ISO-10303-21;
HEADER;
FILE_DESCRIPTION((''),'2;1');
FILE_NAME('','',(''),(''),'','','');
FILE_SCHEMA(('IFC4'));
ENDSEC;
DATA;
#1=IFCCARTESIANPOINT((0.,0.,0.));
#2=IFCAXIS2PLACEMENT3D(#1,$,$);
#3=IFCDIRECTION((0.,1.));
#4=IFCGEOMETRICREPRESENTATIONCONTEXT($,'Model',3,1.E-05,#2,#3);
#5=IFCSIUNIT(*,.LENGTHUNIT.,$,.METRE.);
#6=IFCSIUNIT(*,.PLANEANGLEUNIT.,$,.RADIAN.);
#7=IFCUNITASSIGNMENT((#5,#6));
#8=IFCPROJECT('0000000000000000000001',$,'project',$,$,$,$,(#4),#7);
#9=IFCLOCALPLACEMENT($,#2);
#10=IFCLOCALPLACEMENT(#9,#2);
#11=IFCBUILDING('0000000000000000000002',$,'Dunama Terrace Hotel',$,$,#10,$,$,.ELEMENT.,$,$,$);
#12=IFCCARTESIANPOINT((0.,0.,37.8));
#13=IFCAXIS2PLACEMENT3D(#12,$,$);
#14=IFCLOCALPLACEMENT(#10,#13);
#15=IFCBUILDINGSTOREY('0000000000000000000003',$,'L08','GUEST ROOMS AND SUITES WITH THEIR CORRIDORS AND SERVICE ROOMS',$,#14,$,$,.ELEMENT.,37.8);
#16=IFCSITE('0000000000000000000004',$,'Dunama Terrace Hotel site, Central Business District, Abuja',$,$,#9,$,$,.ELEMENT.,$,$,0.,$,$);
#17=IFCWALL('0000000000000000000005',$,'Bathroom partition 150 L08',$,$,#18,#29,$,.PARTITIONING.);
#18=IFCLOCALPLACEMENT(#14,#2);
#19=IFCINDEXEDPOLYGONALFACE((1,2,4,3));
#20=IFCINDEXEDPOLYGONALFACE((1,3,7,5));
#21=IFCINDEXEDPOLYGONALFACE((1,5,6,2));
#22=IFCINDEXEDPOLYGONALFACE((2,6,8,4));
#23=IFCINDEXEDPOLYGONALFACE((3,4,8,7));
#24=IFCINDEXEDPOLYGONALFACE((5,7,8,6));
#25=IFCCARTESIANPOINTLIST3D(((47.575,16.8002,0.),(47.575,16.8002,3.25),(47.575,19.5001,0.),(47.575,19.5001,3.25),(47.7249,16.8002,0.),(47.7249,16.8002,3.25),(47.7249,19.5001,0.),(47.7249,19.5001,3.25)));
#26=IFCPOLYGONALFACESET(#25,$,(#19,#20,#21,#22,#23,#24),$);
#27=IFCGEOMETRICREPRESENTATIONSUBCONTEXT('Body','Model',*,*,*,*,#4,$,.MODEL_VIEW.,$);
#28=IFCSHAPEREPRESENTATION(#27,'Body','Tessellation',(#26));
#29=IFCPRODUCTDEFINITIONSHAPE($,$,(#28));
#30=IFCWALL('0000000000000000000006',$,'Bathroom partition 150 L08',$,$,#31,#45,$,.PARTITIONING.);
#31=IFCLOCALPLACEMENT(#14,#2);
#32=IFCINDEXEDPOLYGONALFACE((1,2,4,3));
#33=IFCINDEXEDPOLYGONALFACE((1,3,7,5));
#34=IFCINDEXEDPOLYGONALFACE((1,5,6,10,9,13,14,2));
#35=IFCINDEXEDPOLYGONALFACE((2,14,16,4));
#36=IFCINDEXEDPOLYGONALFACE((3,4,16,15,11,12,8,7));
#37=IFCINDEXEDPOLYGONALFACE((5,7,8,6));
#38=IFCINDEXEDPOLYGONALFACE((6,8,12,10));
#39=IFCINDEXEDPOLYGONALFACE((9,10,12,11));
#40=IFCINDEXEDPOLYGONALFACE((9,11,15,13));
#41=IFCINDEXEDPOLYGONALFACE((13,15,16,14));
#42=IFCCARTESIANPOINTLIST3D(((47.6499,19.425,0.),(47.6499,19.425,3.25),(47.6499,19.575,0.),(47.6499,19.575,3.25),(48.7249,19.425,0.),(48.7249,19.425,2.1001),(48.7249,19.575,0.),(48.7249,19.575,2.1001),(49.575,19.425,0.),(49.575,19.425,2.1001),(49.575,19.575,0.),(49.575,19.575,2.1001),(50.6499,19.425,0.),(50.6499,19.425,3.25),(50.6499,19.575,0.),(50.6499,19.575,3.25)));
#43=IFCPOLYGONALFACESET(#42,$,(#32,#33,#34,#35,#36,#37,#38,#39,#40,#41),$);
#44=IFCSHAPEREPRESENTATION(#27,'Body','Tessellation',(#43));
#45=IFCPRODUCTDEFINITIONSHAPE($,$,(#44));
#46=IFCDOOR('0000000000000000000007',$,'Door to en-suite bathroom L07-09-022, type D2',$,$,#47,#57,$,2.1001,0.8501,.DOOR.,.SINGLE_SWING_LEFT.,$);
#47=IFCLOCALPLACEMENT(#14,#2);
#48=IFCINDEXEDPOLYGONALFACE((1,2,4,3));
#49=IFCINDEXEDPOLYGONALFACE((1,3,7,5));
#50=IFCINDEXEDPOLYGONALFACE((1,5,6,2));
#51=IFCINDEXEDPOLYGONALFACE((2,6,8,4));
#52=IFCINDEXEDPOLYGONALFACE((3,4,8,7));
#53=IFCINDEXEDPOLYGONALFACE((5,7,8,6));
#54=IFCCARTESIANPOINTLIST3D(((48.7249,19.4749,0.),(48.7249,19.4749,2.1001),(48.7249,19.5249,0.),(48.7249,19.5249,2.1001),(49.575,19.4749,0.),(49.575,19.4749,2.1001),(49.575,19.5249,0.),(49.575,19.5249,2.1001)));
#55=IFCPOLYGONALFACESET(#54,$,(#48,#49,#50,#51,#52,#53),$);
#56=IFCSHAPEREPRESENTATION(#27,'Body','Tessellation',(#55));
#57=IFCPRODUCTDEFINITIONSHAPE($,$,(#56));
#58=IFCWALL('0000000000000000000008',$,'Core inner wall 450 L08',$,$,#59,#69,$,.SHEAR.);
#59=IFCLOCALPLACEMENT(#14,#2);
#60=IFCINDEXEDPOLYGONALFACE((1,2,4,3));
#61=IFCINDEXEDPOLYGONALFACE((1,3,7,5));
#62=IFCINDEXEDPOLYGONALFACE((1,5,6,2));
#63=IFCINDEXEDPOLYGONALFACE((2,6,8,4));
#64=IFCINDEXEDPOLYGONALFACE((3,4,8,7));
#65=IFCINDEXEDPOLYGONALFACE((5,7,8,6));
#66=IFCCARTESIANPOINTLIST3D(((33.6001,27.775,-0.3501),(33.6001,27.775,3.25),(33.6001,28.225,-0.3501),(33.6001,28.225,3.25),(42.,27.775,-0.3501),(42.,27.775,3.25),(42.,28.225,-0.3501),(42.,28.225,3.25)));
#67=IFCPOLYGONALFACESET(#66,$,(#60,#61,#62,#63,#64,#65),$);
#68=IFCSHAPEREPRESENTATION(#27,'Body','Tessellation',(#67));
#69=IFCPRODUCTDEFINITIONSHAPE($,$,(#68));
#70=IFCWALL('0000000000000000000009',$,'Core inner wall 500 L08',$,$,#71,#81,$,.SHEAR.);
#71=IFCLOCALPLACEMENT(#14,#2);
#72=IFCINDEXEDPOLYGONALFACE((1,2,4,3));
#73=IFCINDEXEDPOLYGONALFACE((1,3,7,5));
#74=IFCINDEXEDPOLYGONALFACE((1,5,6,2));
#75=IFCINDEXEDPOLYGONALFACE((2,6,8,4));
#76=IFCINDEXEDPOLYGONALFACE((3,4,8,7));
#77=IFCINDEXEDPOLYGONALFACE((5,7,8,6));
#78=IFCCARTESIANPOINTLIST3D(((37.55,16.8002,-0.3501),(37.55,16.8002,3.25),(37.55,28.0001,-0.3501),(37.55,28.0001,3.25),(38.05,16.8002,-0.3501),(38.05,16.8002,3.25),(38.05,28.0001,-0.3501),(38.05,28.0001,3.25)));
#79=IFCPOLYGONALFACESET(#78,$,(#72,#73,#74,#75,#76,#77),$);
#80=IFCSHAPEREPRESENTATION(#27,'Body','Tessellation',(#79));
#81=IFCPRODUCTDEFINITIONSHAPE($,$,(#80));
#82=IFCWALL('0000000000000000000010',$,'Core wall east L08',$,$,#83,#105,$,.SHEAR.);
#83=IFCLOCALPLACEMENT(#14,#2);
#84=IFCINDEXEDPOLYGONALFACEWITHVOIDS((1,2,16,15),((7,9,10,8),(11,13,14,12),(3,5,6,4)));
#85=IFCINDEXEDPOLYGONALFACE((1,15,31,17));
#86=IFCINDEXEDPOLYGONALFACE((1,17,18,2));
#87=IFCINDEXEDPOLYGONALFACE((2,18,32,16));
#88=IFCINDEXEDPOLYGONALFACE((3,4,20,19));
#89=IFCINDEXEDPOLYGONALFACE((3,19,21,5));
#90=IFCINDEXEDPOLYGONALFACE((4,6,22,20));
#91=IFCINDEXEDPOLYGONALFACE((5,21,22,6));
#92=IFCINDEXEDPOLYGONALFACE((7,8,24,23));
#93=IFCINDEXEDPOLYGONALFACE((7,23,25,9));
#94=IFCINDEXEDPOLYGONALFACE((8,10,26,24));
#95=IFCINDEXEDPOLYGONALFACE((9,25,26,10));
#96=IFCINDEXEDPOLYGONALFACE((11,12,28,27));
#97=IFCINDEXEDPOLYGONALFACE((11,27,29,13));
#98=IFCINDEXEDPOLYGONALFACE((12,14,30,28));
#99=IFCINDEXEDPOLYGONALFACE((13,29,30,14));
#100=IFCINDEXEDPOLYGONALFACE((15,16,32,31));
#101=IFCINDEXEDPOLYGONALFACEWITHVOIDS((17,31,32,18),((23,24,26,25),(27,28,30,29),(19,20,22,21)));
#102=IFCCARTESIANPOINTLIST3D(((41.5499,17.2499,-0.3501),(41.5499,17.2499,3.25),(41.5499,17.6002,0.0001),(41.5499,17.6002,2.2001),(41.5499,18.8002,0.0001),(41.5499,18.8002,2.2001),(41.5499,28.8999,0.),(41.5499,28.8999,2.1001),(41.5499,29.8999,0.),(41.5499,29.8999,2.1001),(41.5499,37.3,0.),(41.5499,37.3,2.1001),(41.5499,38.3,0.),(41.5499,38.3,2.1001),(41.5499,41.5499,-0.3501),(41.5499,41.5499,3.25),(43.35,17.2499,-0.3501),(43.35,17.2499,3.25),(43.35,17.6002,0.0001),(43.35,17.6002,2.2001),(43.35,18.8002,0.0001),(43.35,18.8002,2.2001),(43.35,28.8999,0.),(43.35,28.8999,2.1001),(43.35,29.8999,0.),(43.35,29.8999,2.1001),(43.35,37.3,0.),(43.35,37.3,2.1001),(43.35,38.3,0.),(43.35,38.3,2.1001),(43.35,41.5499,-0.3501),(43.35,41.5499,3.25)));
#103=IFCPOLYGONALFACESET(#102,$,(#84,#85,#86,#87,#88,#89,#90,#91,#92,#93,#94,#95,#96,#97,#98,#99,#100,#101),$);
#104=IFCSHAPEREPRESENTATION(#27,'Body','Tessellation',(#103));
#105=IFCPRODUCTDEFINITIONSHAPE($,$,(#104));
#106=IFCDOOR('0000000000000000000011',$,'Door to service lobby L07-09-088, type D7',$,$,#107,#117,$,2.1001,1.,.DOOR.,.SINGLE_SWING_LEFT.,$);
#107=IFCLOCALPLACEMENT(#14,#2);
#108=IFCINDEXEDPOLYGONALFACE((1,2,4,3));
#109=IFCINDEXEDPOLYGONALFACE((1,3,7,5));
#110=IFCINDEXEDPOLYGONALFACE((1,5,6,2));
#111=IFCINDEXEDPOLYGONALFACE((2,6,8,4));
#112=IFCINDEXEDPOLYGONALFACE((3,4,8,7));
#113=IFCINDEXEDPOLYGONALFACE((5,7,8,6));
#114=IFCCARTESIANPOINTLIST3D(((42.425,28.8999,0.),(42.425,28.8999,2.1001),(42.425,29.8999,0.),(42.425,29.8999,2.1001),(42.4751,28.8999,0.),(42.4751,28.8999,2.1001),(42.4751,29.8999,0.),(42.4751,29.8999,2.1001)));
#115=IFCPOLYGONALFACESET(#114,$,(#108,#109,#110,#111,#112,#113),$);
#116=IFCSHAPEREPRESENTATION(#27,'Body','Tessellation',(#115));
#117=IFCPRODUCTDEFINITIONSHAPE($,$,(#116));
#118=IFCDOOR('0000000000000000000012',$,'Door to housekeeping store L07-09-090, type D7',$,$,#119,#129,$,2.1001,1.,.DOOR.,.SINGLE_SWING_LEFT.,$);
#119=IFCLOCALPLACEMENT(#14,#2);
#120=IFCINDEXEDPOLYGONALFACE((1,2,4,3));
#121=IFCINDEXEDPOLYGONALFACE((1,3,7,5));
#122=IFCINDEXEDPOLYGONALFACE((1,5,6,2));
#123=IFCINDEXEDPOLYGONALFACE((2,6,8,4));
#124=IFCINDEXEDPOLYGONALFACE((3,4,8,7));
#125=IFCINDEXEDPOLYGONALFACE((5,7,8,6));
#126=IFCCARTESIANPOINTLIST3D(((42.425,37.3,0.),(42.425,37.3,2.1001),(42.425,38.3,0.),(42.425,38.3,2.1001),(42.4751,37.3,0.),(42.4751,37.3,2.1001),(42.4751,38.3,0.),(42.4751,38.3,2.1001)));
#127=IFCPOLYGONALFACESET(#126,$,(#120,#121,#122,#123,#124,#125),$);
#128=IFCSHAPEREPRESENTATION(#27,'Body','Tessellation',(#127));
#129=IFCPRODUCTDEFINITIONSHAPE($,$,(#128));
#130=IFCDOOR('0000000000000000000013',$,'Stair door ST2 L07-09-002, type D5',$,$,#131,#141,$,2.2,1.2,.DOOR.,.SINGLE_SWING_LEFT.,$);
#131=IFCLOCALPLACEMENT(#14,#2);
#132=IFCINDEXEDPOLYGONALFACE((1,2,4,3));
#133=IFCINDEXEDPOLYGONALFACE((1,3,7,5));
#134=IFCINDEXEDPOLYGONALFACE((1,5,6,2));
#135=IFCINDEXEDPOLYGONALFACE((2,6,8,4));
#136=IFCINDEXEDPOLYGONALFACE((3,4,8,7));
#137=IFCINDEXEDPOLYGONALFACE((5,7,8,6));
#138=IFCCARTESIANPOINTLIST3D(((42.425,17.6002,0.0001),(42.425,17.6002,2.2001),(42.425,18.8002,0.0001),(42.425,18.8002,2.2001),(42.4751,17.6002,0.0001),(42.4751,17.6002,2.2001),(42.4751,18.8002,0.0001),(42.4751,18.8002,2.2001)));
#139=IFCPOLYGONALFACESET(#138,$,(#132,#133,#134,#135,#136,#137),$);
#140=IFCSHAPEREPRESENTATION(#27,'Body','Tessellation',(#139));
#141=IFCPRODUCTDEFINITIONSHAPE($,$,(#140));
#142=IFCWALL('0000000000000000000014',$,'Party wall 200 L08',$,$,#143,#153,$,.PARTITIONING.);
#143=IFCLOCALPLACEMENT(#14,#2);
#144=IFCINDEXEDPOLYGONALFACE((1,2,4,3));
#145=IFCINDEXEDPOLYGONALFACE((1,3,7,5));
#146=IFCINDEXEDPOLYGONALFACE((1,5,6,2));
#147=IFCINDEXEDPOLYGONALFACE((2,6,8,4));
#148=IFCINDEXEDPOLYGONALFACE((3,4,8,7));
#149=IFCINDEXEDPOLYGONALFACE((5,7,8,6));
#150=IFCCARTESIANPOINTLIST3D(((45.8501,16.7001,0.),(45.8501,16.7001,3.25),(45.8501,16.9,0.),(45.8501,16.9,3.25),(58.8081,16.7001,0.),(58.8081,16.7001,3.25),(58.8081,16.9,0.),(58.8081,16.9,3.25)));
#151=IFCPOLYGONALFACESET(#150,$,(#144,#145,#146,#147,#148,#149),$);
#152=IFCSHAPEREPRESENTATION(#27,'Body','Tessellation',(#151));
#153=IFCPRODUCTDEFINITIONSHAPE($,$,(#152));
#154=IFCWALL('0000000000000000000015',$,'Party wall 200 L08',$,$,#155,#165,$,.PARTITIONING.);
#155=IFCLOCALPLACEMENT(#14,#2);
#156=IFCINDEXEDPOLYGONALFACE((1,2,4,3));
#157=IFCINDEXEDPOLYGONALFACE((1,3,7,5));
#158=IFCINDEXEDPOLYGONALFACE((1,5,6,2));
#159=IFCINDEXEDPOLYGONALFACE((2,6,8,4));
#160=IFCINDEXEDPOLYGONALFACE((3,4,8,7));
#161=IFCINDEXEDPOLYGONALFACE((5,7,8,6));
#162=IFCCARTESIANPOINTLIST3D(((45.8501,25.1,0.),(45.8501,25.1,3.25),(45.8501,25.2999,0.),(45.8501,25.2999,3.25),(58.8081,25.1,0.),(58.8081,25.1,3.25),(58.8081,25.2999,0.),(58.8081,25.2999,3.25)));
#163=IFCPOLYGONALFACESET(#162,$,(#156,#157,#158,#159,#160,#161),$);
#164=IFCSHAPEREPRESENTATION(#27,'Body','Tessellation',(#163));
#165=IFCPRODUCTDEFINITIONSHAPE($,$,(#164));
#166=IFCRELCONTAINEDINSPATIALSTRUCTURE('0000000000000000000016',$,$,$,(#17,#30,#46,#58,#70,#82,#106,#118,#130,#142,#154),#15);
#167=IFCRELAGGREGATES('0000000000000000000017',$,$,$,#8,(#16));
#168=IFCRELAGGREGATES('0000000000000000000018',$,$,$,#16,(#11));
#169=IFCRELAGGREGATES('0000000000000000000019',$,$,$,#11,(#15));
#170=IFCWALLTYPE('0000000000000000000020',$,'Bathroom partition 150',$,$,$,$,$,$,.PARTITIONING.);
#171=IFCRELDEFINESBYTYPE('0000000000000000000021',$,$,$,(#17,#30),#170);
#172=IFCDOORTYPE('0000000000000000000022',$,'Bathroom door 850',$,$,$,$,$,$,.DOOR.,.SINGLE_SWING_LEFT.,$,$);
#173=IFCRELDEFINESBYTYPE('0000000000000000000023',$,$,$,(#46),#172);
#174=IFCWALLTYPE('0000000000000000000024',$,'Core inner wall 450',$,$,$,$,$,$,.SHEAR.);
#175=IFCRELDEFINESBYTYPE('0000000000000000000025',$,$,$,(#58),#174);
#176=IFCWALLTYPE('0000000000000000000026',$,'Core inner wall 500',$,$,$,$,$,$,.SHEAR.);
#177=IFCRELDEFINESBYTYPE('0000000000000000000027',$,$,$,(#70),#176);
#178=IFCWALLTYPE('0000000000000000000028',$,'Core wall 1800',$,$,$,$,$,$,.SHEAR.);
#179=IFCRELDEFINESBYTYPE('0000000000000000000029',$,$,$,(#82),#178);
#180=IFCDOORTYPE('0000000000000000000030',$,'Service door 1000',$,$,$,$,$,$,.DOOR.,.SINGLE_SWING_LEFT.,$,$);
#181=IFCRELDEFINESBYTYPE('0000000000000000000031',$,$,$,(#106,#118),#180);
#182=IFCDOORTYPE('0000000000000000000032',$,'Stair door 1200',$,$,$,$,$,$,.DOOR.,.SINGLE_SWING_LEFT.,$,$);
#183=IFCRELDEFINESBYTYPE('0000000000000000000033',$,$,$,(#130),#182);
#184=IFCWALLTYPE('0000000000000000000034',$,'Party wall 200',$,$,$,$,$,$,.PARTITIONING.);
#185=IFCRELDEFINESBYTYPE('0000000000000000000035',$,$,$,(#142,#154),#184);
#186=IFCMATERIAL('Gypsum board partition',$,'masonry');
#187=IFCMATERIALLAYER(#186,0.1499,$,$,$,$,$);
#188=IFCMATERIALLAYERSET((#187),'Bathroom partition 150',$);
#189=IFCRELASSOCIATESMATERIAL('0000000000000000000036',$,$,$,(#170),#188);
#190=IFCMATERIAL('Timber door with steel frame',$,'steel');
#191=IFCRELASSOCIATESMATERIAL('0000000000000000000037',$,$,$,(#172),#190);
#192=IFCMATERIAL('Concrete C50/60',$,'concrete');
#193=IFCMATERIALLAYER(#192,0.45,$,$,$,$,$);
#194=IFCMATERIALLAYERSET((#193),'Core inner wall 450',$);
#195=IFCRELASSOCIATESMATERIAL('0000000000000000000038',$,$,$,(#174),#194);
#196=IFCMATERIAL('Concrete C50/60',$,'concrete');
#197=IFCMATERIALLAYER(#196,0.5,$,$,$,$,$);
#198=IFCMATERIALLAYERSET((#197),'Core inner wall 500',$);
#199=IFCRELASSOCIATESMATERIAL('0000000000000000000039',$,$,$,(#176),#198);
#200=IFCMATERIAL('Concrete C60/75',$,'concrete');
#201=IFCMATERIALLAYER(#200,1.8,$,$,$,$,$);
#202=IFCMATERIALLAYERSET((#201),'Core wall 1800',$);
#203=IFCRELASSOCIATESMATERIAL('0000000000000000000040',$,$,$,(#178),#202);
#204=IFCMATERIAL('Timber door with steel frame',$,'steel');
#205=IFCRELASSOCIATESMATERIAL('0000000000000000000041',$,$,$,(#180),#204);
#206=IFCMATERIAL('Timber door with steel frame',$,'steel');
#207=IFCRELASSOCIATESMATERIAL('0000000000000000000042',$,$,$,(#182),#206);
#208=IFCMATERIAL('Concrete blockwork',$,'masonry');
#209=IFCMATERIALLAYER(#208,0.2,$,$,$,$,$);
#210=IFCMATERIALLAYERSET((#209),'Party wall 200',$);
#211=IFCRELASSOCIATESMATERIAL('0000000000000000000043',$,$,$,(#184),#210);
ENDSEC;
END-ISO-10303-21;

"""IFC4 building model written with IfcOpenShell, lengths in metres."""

from ifc_helpers import new_model, si_unit, direction, frame, frame_2d, origin, place, context, subcontext, project, spatial, rectangle, extrude, material, layer, layer_set, type_object, element, fill, save


model = new_model("IFC4")

# Units and contexts
model_context = context("Model", 3, precision=1e-05, world=origin(), true_north=direction((0.0, 1.0)))
body_context = subcontext(model_context, "Body", "Model", "MODEL_VIEW")
ifc_project = project(units=[si_unit("LENGTHUNIT", "METRE"), si_unit("PLANEANGLEUNIT", "RADIAN")], contexts=[model_context])

# Site, building, storey
site_placement = place(None, origin())
site = spatial("IfcSite", under=ifc_project, at=site_placement, Name="Dunama Terrace Hotel site, Central Business District, Abuja", CompositionType="ELEMENT", RefElevation=0.0)
building_placement = place(site_placement, origin())
building = spatial("IfcBuilding", under=site, at=building_placement, Name="Dunama Terrace Hotel", CompositionType="ELEMENT")
storey_placement = place(building_placement, frame((0.0, 0.0, 37.8)))
storey = spatial("IfcBuildingStorey", under=building, at=storey_placement, Name="L08", Description="GUEST ROOMS AND SUITES WITH THEIR CORRIDORS AND SERVICE ROOMS", CompositionType="ELEMENT", Elevation=37.8)

# Wall
ifc_material_1 = material(Name="Gypsum board partition", Category="masonry")
ifc_layer_1 = layer(ifc_material_1, 0.1499)
ifc_layer_set_1 = layer_set([ifc_layer_1], Name="Bathroom partition 150")
wall_type_1 = type_object("IfcWallType", Name="Bathroom partition 150", PredefinedType="PARTITIONING", material=ifc_layer_set_1)
wall_1_placement = place(storey_placement, frame((47.6499, 16.8, 0.0), z_axis=(0.0, 0.0, 1.0), x_axis=(0.0, 1.0, 0.0)))
element("IfcWall", 1, at=wall_1_placement, inside=storey, type_object=wall_type_1, Name="Bathroom partition 150 L08", PredefinedType="PARTITIONING", context=body_context, shape_type="SweptSolid", body=[
    extrude(rectangle(XDim=2.7, YDim=0.1499, at=frame_2d((1.3501, 0.0))), origin(), (0.0, 0.0, 1.0), 3.25),
])

# Wall, opening, door
wall_2_placement = place(storey_placement, frame((47.6499, 19.5, 0.0), z_axis=(0.0, 0.0, 1.0), x_axis=(1.0, 0.0, 0.0)))
wall_2 = element("IfcWall", 2, at=wall_2_placement, inside=storey, type_object=wall_type_1, Name="Bathroom partition 150 L08", PredefinedType="PARTITIONING", context=body_context, shape_type="SweptSolid", body=[
    extrude(rectangle(XDim=3.0, YDim=0.1499, at=frame_2d((1.5, 0.0))), origin(), (0.0, 0.0, 1.0), 3.25),
])
opening_1_placement = place(wall_2_placement, frame((1.075, 0.0, 0.0)))
opening_1 = element("IfcOpeningElement", 3, at=opening_1_placement, cuts=wall_2, PredefinedType="OPENING", context=body_context, shape_type="SweptSolid", body=[
    extrude(rectangle(XDim=0.8501, YDim=2.1001, at=frame_2d((0.425, 1.05))), frame((0.0, 0.085, 0.0), z_axis=(0.0, -1.0, 0.0), x_axis=(1.0, 0.0, 0.0)), (0.0, 0.0, 1.0), 0.1699),
])
ifc_material_2 = material(Name="Timber door with steel frame", Category="steel")
door_type_1 = type_object("IfcDoorType", Name="Bathroom door 850", OperationType="SINGLE_SWING_LEFT", PredefinedType="DOOR", material=ifc_material_2)
door_1_placement = place(opening_1_placement, frame((0.8501, 0.0, 0.0), z_axis=(0.0, 0.0, 1.0), x_axis=(-1.0, 0.0, 0.0)))
door_1 = element("IfcDoor", 4, at=door_1_placement, inside=storey, type_object=door_type_1, Name="Door to en-suite bathroom L07-09-022, type D2", OperationType="SINGLE_SWING_LEFT", OverallHeight=2.1001, OverallWidth=0.8501, PredefinedType="DOOR", context=body_context, shape_type="SweptSolid", body=[
    extrude(rectangle(XDim=0.8501, YDim=2.1001, at=frame_2d((0.425, 1.05))), frame((0.0, 0.0251, 0.0), z_axis=(0.0, -1.0, 0.0), x_axis=(1.0, 0.0, 0.0)), (0.0, 0.0, 1.0), 0.05),
])
fill(opening_1, door_1)

# Walls
ifc_material_3 = material(Name="Concrete C50/60", Category="concrete")
ifc_layer_2 = layer(ifc_material_3, 0.45)
ifc_layer_set_2 = layer_set([ifc_layer_2], Name="Core inner wall 450")
wall_type_2 = type_object("IfcWallType", Name="Core inner wall 450", PredefinedType="SHEAR", material=ifc_layer_set_2)
wall_3_placement = place(storey_placement, frame((33.6001, 28.0, -0.3501), z_axis=(0.0, 0.0, 1.0), x_axis=(1.0, 0.0, 0.0)))
element("IfcWall", 5, at=wall_3_placement, inside=storey, type_object=wall_type_2, Name="Core inner wall 450 L08", PredefinedType="SHEAR", context=body_context, shape_type="SweptSolid", body=[
    extrude(rectangle(XDim=8.3999, YDim=0.45, at=frame_2d((4.2, 0.0))), origin(), (0.0, 0.0, 1.0), 3.6001),
])
ifc_material_4 = material(Name="Concrete C50/60", Category="concrete")
ifc_layer_3 = layer(ifc_material_4, 0.5)
ifc_layer_set_3 = layer_set([ifc_layer_3], Name="Core inner wall 500")
wall_type_3 = type_object("IfcWallType", Name="Core inner wall 500", PredefinedType="SHEAR", material=ifc_layer_set_3)
wall_4_placement = place(storey_placement, frame((37.8, 16.8, -0.3501), z_axis=(0.0, 0.0, 1.0), x_axis=(0.0, 1.0, 0.0)))
element("IfcWall", 6, at=wall_4_placement, inside=storey, type_object=wall_type_3, Name="Core inner wall 500 L08", PredefinedType="SHEAR", context=body_context, shape_type="SweptSolid", body=[
    extrude(rectangle(XDim=11.2, YDim=0.5, at=frame_2d((5.6001, 0.0))), origin(), (0.0, 0.0, 1.0), 3.6001),
])

# Wall, openings, doors
ifc_material_5 = material(Name="Concrete C60/75", Category="concrete")
ifc_layer_4 = layer(ifc_material_5, 1.8)
ifc_layer_set_4 = layer_set([ifc_layer_4], Name="Core wall 1800")
wall_type_4 = type_object("IfcWallType", Name="Core wall 1800", PredefinedType="SHEAR", material=ifc_layer_set_4)
wall_5_placement = place(storey_placement, frame((42.45, 17.25, -0.3501), z_axis=(0.0, 0.0, 1.0), x_axis=(0.0, 1.0, 0.0)))
wall_5 = element("IfcWall", 7, at=wall_5_placement, inside=storey, type_object=wall_type_4, Name="Core wall east L08", PredefinedType="SHEAR", context=body_context, shape_type="SweptSolid", body=[
    extrude(rectangle(XDim=24.3, YDim=1.8, at=frame_2d((12.1499, 0.0))), origin(), (0.0, 0.0, 1.0), 3.6001),
])
opening_2_placement = place(wall_5_placement, frame((0.3501, 0.0, 0.3501)))
opening_2 = element("IfcOpeningElement", 8, at=opening_2_placement, cuts=wall_5, PredefinedType="OPENING", context=body_context, shape_type="SweptSolid", body=[
    extrude(rectangle(XDim=1.2, YDim=2.2, at=frame_2d((0.6001, 1.1001))), frame((0.0, 0.9099, 0.0), z_axis=(0.0, -1.0, 0.0), x_axis=(1.0, 0.0, 0.0)), (0.0, 0.0, 1.0), 1.8201),
])
opening_3_placement = place(wall_5_placement, frame((11.6499, 0.0, 0.3501)))
opening_3 = element("IfcOpeningElement", 9, at=opening_3_placement, cuts=wall_5, PredefinedType="OPENING", context=body_context, shape_type="SweptSolid", body=[
    extrude(rectangle(XDim=1.0, YDim=2.1001, at=frame_2d((0.5, 1.05))), frame((0.0, 0.9099, 0.0), z_axis=(0.0, -1.0, 0.0), x_axis=(1.0, 0.0, 0.0)), (0.0, 0.0, 1.0), 1.8201),
])
opening_4_placement = place(wall_5_placement, frame((20.05, 0.0, 0.3501)))
opening_4 = element("IfcOpeningElement", 10, at=opening_4_placement, cuts=wall_5, PredefinedType="OPENING", context=body_context, shape_type="SweptSolid", body=[
    extrude(rectangle(XDim=1.0, YDim=2.1001, at=frame_2d((0.5, 1.05))), frame((0.0, 0.9099, 0.0), z_axis=(0.0, -1.0, 0.0), x_axis=(1.0, 0.0, 0.0)), (0.0, 0.0, 1.0), 1.8201),
])
ifc_material_6 = material(Name="Timber door with steel frame", Category="steel")
door_type_2 = type_object("IfcDoorType", Name="Service door 1000", OperationType="SINGLE_SWING_LEFT", PredefinedType="DOOR", material=ifc_material_6)
door_2_placement = place(opening_3_placement, origin())
door_2 = element("IfcDoor", 11, at=door_2_placement, inside=storey, type_object=door_type_2, Name="Door to service lobby L07-09-088, type D7", OperationType="SINGLE_SWING_LEFT", OverallHeight=2.1001, OverallWidth=1.0, PredefinedType="DOOR", context=body_context, shape_type="SweptSolid", body=[
    extrude(rectangle(XDim=1.0, YDim=2.1001, at=frame_2d((0.5, 1.05))), frame((0.0, 0.0249, 0.0), z_axis=(0.0, -1.0, 0.0), x_axis=(1.0, 0.0, 0.0)), (0.0, 0.0, 1.0), 0.05),
])
fill(opening_3, door_2)
door_3_placement = place(opening_4_placement, origin())
door_3 = element("IfcDoor", 12, at=door_3_placement, inside=storey, type_object=door_type_2, Name="Door to housekeeping store L07-09-090, type D7", OperationType="SINGLE_SWING_LEFT", OverallHeight=2.1001, OverallWidth=1.0, PredefinedType="DOOR", context=body_context, shape_type="SweptSolid", body=[
    extrude(rectangle(XDim=1.0, YDim=2.1001, at=frame_2d((0.5, 1.05))), frame((0.0, 0.0249, 0.0), z_axis=(0.0, -1.0, 0.0), x_axis=(1.0, 0.0, 0.0)), (0.0, 0.0, 1.0), 0.05),
])
fill(opening_4, door_3)
ifc_material_7 = material(Name="Timber door with steel frame", Category="steel")
door_type_3 = type_object("IfcDoorType", Name="Stair door 1200", OperationType="SINGLE_SWING_LEFT", PredefinedType="DOOR", material=ifc_material_7)
door_4_placement = place(opening_2_placement, origin())
door_4 = element("IfcDoor", 13, at=door_4_placement, inside=storey, type_object=door_type_3, Name="Stair door ST2 L07-09-002, type D5", OperationType="SINGLE_SWING_LEFT", OverallHeight=2.2, OverallWidth=1.2, PredefinedType="DOOR", context=body_context, shape_type="SweptSolid", body=[
    extrude(rectangle(XDim=1.2, YDim=2.2, at=frame_2d((0.6001, 1.1001))), frame((0.0, 0.0249, 0.0), z_axis=(0.0, -1.0, 0.0), x_axis=(1.0, 0.0, 0.0)), (0.0, 0.0, 1.0), 0.05),
])
fill(opening_2, door_4)

# Walls
ifc_material_8 = material(Name="Concrete blockwork", Category="masonry")
ifc_layer_5 = layer(ifc_material_8, 0.2)
ifc_layer_set_5 = layer_set([ifc_layer_5], Name="Party wall 200")
wall_type_5 = type_object("IfcWallType", Name="Party wall 200", PredefinedType="PARTITIONING", material=ifc_layer_set_5)
for number, where, z_axis, x_axis, name in (
    (14, (45.8501, 16.8, 0.0), (0.0, 0.0, 1.0), (1.0, 0.0, 0.0), "Party wall 200 L08"),
    (15, (45.8501, 25.2, 0.0), (0.0, 0.0, 1.0), (1.0, 0.0, 0.0), "Party wall 200 L08"),
):
    element("IfcWall", number, at=place(storey_placement, frame(where, z_axis=z_axis, x_axis=x_axis)), inside=storey, type_object=wall_type_5, Name=name, PredefinedType="PARTITIONING", context=body_context, shape_type="SweptSolid", body=[
        extrude(rectangle(XDim=12.958, YDim=0.2, at=frame_2d((6.479, 0.0))), origin(), (0.0, 0.0, 1.0), 3.25),
    ])

save(model, "model.ifc")
